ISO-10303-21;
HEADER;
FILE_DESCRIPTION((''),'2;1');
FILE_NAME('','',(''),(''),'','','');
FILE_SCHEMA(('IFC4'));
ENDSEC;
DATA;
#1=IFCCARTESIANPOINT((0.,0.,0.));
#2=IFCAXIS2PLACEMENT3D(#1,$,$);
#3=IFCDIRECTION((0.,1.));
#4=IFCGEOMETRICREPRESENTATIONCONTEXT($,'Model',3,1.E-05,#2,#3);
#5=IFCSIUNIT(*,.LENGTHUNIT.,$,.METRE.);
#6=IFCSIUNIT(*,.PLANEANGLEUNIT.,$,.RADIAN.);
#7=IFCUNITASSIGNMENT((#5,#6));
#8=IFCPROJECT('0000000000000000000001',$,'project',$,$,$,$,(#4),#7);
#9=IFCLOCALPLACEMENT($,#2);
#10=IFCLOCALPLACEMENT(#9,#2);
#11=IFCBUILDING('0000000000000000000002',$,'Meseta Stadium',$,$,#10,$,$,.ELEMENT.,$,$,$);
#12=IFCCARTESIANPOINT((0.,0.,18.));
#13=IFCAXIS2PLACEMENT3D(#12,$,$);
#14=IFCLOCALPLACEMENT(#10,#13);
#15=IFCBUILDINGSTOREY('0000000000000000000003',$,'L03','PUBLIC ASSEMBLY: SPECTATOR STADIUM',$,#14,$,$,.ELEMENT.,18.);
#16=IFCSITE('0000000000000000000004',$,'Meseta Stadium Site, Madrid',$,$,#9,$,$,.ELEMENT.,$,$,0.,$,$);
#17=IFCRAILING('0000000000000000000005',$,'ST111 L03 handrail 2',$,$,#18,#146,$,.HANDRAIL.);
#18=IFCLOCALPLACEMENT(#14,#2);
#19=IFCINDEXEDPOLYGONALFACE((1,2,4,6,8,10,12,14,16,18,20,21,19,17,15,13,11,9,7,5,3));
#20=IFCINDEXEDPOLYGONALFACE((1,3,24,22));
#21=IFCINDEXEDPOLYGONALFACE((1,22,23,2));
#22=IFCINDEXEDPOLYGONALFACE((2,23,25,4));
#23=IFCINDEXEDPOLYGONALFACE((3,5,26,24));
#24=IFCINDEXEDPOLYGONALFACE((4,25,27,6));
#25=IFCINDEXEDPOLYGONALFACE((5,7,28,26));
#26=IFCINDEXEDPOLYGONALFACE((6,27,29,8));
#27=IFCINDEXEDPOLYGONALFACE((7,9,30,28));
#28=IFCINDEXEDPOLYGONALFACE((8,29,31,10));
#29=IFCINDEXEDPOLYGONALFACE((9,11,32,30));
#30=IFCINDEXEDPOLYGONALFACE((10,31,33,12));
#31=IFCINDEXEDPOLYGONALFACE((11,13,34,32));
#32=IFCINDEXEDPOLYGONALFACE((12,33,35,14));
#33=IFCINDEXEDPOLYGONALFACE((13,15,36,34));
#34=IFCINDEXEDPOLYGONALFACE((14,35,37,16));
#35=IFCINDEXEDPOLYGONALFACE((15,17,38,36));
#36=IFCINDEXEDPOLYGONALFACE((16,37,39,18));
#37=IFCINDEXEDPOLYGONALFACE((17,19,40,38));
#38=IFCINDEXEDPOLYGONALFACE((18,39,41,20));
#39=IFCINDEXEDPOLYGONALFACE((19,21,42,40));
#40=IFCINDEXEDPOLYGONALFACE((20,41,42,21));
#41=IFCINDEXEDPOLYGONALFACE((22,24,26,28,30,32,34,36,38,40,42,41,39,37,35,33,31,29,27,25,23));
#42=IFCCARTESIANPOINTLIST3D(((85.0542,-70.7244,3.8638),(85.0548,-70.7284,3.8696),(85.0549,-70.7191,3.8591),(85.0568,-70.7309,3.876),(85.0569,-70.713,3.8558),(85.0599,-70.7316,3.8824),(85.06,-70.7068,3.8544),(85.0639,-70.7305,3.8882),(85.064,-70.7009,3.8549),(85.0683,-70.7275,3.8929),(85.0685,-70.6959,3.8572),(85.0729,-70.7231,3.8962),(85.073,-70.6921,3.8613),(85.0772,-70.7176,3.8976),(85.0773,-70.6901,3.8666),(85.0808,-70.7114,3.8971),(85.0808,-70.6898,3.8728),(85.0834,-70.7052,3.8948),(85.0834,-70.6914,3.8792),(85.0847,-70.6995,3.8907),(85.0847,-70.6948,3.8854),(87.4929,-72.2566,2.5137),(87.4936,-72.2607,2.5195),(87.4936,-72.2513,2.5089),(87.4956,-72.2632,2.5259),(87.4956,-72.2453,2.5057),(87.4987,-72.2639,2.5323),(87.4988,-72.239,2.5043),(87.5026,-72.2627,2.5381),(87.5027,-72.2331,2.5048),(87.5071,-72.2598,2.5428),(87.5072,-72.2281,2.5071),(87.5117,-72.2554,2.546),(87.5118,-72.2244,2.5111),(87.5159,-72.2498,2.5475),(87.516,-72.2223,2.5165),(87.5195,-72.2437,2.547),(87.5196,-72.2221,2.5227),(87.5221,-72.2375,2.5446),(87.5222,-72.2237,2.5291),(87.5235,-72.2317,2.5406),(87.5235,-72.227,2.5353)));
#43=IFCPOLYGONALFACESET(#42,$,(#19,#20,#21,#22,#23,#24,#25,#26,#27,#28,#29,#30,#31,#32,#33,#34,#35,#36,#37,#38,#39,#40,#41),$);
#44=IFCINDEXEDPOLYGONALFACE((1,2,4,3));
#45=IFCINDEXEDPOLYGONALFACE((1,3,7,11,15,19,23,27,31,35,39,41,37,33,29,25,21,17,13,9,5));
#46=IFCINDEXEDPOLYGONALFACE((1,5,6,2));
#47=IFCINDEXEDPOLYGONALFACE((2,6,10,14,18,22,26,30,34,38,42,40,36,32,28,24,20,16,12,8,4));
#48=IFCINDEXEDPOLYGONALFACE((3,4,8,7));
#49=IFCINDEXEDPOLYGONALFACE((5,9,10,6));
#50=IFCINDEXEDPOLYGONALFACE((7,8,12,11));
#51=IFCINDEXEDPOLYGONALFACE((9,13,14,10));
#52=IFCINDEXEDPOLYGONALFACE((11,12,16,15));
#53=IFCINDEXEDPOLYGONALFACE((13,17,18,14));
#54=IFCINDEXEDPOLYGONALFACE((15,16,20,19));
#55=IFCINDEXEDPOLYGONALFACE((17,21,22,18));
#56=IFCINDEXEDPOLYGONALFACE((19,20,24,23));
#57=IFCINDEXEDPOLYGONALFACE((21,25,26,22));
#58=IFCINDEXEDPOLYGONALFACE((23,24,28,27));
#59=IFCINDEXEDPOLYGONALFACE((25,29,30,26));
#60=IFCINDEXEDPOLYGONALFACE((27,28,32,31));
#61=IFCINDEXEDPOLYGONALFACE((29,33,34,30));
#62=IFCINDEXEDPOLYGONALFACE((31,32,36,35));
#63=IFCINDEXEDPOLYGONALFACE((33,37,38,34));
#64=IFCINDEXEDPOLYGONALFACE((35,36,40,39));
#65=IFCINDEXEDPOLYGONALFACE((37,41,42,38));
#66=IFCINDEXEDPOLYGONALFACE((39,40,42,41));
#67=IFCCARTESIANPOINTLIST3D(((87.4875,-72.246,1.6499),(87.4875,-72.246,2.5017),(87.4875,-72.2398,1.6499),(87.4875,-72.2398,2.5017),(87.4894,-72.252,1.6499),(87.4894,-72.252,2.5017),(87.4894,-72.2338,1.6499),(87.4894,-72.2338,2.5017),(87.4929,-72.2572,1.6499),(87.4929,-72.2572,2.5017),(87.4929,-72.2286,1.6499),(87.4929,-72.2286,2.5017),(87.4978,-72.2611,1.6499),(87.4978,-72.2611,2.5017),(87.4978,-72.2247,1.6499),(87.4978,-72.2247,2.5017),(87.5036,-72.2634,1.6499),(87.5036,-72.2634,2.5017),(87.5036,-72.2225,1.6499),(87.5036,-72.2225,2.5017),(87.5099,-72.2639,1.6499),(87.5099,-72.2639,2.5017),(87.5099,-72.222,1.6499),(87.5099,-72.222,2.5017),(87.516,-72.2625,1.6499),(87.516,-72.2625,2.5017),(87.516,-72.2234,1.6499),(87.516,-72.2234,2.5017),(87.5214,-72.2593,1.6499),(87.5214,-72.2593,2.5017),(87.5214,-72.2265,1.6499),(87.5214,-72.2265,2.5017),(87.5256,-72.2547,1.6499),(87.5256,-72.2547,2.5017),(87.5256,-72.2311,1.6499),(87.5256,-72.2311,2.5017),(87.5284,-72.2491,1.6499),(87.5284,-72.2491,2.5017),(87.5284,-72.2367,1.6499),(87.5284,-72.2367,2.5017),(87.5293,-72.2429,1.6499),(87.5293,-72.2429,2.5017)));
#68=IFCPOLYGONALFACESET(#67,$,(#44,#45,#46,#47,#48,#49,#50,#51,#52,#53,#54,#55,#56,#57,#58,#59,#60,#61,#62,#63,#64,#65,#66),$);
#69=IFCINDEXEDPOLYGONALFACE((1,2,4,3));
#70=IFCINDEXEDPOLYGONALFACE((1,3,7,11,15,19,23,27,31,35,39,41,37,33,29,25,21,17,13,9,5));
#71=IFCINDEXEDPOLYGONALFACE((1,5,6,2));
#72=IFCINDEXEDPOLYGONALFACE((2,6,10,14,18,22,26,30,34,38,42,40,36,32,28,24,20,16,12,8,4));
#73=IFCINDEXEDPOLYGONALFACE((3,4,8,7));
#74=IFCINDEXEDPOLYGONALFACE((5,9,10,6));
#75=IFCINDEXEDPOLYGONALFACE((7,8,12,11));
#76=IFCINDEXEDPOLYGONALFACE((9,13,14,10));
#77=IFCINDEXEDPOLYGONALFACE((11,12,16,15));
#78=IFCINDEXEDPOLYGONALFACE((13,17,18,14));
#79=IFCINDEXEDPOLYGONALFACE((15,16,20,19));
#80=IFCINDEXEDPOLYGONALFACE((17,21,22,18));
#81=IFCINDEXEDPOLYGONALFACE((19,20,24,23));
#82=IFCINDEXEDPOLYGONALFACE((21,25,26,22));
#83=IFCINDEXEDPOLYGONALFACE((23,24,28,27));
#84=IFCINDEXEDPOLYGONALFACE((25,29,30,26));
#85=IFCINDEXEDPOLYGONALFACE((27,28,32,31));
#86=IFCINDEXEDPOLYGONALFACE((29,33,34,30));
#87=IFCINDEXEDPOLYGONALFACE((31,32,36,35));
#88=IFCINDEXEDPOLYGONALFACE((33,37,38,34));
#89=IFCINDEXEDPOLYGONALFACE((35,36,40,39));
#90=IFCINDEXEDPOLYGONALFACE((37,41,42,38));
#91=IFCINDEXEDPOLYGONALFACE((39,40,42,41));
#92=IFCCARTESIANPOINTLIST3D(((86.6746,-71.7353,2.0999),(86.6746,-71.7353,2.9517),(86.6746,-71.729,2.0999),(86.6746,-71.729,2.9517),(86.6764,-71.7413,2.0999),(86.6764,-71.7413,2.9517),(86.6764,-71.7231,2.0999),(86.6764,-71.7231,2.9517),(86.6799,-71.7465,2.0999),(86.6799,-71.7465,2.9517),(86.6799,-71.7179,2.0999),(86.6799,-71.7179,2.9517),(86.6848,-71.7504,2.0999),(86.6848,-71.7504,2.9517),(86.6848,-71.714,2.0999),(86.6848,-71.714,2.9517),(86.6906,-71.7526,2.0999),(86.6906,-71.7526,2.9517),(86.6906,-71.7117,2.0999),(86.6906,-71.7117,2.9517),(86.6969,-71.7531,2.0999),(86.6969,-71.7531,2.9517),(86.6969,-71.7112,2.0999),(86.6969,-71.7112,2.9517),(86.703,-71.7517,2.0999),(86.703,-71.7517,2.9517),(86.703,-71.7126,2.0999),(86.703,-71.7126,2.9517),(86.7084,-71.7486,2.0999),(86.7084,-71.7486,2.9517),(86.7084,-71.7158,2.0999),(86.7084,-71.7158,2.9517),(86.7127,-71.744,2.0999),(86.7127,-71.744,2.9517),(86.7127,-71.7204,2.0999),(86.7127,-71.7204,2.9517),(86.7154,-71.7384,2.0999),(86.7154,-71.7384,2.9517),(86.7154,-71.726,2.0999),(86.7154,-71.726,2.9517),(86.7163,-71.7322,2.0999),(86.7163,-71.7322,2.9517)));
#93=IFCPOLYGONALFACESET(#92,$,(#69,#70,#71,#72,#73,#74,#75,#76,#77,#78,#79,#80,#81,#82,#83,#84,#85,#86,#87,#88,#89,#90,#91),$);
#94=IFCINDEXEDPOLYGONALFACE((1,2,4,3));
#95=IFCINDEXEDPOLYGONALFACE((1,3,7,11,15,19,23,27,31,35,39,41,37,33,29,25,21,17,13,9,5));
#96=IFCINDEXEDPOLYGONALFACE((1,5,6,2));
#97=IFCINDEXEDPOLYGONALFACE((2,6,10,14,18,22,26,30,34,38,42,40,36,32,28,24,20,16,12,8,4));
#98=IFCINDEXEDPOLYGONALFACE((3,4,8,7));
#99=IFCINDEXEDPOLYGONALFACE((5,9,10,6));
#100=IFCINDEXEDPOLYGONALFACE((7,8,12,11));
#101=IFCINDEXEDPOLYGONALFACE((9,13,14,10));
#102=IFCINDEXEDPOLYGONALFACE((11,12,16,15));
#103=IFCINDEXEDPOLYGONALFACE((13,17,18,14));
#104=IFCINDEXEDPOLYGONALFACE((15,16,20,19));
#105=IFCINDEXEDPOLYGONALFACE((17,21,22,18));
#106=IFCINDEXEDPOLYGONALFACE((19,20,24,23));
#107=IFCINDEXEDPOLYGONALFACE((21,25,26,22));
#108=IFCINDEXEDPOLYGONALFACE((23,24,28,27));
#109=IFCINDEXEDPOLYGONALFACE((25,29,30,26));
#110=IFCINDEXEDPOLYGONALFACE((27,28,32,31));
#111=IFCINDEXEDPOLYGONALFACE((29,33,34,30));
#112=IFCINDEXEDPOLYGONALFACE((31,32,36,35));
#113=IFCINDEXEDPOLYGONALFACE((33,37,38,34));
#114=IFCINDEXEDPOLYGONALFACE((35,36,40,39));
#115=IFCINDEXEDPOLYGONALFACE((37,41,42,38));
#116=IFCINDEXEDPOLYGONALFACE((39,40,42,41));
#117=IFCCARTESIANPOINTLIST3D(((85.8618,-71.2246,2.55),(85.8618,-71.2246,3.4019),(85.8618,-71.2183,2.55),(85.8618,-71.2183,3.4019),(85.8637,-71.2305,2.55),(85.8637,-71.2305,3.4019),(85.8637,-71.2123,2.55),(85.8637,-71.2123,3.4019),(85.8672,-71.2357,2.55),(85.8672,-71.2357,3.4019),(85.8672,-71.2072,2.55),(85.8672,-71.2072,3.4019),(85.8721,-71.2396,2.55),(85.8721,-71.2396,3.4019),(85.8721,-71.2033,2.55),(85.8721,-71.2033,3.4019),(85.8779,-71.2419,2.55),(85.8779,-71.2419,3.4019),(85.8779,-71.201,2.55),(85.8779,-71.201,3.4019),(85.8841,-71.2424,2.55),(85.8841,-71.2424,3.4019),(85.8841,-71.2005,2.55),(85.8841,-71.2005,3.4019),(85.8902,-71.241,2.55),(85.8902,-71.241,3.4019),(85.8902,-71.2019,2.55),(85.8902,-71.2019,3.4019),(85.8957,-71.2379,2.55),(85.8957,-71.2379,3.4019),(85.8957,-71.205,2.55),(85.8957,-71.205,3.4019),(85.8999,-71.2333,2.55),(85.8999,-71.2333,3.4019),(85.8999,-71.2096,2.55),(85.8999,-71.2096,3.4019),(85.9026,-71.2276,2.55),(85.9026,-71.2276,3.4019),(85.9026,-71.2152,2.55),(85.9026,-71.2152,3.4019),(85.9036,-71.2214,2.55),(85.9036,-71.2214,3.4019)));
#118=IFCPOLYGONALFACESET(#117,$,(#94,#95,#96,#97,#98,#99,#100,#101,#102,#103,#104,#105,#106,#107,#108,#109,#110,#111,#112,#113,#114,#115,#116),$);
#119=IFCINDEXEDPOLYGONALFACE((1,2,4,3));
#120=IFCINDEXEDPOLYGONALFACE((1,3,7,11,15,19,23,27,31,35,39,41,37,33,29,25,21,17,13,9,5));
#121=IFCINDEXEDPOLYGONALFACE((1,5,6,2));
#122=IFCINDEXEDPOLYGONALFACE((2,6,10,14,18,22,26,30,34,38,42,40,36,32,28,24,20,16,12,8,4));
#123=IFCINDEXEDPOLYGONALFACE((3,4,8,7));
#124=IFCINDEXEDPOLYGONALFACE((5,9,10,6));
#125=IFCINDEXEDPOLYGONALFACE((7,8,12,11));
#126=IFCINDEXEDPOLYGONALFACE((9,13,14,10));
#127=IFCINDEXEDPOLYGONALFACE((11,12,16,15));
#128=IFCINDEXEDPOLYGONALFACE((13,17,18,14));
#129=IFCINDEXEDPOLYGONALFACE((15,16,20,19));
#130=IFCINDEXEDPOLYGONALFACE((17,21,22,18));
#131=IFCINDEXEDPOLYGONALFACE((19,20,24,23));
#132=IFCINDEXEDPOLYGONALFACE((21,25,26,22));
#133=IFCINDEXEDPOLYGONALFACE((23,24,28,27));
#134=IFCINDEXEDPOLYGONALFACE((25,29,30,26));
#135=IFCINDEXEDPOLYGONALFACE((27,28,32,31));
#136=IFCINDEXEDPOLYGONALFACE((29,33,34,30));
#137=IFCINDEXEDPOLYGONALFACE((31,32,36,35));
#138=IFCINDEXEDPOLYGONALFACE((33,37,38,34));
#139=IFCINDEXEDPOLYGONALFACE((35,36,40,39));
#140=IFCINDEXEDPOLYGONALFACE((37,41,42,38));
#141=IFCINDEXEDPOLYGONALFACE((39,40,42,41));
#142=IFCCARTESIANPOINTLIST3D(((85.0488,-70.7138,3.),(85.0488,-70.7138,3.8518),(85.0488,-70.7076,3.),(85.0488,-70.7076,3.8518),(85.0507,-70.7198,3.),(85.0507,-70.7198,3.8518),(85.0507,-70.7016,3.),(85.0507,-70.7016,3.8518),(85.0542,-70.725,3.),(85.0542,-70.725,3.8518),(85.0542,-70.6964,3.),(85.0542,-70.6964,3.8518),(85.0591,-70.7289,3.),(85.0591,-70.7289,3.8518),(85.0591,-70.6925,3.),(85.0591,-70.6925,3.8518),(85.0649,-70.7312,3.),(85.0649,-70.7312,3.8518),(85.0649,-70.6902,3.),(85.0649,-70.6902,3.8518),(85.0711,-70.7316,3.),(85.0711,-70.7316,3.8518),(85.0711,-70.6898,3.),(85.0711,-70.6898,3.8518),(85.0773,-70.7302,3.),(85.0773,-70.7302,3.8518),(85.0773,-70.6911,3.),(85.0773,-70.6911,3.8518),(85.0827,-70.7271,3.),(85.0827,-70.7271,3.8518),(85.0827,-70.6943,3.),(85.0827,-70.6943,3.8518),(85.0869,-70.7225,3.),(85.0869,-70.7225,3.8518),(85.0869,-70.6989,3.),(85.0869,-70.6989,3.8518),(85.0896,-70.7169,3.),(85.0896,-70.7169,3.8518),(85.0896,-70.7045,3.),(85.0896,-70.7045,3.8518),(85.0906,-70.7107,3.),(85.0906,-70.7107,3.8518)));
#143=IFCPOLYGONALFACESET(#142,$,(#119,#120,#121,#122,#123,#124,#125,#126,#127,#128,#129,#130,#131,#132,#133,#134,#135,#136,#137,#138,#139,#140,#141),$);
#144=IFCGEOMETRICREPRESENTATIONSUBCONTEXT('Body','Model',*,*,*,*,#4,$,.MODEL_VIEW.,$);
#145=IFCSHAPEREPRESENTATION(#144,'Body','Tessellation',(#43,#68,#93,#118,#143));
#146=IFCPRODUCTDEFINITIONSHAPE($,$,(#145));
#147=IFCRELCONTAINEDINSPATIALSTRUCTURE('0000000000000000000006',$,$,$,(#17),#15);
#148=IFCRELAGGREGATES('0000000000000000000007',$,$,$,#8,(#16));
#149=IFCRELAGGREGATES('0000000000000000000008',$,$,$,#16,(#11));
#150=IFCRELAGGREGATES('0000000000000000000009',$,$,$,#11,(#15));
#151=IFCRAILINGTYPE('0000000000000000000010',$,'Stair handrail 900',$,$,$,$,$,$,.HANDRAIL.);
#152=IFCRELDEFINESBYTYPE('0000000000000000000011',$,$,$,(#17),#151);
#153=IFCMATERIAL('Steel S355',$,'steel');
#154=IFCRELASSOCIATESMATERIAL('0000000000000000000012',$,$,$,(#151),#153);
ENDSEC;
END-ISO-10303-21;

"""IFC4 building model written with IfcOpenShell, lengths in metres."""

from ifc_helpers import new_model, si_unit, direction, frame, origin, origin_2d, place, context, subcontext, project, spatial, circle, extrude, material, type_object, element, save


model = new_model("IFC4")

# Units and contexts
model_context = context("Model", 3, precision=1e-05, world=origin(), true_north=direction((0.0, 1.0)))
body_context = subcontext(model_context, "Body", "Model", "MODEL_VIEW")
ifc_project = project(units=[si_unit("LENGTHUNIT", "METRE"), si_unit("PLANEANGLEUNIT", "RADIAN")], contexts=[model_context])

# Site, building, storey
site_placement = place(None, origin())
site = spatial("IfcSite", under=ifc_project, at=site_placement, Name="Meseta Stadium Site, Madrid", CompositionType="ELEMENT", RefElevation=0.0)
building_placement = place(site_placement, origin())
building = spatial("IfcBuilding", under=site, at=building_placement, Name="Meseta Stadium", CompositionType="ELEMENT")
storey_placement = place(building_placement, frame((0.0, 0.0, 18.0)))
storey = spatial("IfcBuildingStorey", under=building, at=storey_placement, Name="L03", Description="PUBLIC ASSEMBLY: SPECTATOR STADIUM", CompositionType="ELEMENT", Elevation=18.0)

# Railing
ifc_material_1 = material(Name="Steel S355", Category="steel")
railing_type_1 = type_object("IfcRailingType", Name="Stair handrail 900", PredefinedType="HANDRAIL", material=ifc_material_1)
for number, where, name in (
    (1, (87.5083, -72.2429, 1.6499), "ST111 L03 handrail 2"),
):
    element("IfcRailing", number, at=place(storey_placement, frame(where)), inside=storey, type_object=railing_type_1, Name=name, PredefinedType="HANDRAIL", context=body_context, shape_type="SweptSolid", body=[
        extrude(circle(Radius=0.0239, at=origin_2d()), frame((0.0, 0.0, 0.876), z_axis=(-0.766687, 0.481703, 0.424445), x_axis=(-0.532001, -0.846743, 0.0)), (0.0, 0.0, 1.0), 3.1809),
        extrude(circle(Radius=0.021, at=origin_2d()), origin(), (0.0, 0.0, 1.0), 0.8518),
        extrude(circle(Radius=0.021, at=origin_2d()), frame((-0.813, 0.5107, 0.45)), (0.0, 0.0, 1.0), 0.8518),
        extrude(circle(Radius=0.021, at=origin_2d()), frame((-1.6257, 1.0215, 0.9001)), (0.0, 0.0, 1.0), 0.8518),
        extrude(circle(Radius=0.021, at=origin_2d()), frame((-2.4387, 1.5322, 1.3501)), (0.0, 0.0, 1.0), 0.8518),
    ])

save(model, "model.ifc")
